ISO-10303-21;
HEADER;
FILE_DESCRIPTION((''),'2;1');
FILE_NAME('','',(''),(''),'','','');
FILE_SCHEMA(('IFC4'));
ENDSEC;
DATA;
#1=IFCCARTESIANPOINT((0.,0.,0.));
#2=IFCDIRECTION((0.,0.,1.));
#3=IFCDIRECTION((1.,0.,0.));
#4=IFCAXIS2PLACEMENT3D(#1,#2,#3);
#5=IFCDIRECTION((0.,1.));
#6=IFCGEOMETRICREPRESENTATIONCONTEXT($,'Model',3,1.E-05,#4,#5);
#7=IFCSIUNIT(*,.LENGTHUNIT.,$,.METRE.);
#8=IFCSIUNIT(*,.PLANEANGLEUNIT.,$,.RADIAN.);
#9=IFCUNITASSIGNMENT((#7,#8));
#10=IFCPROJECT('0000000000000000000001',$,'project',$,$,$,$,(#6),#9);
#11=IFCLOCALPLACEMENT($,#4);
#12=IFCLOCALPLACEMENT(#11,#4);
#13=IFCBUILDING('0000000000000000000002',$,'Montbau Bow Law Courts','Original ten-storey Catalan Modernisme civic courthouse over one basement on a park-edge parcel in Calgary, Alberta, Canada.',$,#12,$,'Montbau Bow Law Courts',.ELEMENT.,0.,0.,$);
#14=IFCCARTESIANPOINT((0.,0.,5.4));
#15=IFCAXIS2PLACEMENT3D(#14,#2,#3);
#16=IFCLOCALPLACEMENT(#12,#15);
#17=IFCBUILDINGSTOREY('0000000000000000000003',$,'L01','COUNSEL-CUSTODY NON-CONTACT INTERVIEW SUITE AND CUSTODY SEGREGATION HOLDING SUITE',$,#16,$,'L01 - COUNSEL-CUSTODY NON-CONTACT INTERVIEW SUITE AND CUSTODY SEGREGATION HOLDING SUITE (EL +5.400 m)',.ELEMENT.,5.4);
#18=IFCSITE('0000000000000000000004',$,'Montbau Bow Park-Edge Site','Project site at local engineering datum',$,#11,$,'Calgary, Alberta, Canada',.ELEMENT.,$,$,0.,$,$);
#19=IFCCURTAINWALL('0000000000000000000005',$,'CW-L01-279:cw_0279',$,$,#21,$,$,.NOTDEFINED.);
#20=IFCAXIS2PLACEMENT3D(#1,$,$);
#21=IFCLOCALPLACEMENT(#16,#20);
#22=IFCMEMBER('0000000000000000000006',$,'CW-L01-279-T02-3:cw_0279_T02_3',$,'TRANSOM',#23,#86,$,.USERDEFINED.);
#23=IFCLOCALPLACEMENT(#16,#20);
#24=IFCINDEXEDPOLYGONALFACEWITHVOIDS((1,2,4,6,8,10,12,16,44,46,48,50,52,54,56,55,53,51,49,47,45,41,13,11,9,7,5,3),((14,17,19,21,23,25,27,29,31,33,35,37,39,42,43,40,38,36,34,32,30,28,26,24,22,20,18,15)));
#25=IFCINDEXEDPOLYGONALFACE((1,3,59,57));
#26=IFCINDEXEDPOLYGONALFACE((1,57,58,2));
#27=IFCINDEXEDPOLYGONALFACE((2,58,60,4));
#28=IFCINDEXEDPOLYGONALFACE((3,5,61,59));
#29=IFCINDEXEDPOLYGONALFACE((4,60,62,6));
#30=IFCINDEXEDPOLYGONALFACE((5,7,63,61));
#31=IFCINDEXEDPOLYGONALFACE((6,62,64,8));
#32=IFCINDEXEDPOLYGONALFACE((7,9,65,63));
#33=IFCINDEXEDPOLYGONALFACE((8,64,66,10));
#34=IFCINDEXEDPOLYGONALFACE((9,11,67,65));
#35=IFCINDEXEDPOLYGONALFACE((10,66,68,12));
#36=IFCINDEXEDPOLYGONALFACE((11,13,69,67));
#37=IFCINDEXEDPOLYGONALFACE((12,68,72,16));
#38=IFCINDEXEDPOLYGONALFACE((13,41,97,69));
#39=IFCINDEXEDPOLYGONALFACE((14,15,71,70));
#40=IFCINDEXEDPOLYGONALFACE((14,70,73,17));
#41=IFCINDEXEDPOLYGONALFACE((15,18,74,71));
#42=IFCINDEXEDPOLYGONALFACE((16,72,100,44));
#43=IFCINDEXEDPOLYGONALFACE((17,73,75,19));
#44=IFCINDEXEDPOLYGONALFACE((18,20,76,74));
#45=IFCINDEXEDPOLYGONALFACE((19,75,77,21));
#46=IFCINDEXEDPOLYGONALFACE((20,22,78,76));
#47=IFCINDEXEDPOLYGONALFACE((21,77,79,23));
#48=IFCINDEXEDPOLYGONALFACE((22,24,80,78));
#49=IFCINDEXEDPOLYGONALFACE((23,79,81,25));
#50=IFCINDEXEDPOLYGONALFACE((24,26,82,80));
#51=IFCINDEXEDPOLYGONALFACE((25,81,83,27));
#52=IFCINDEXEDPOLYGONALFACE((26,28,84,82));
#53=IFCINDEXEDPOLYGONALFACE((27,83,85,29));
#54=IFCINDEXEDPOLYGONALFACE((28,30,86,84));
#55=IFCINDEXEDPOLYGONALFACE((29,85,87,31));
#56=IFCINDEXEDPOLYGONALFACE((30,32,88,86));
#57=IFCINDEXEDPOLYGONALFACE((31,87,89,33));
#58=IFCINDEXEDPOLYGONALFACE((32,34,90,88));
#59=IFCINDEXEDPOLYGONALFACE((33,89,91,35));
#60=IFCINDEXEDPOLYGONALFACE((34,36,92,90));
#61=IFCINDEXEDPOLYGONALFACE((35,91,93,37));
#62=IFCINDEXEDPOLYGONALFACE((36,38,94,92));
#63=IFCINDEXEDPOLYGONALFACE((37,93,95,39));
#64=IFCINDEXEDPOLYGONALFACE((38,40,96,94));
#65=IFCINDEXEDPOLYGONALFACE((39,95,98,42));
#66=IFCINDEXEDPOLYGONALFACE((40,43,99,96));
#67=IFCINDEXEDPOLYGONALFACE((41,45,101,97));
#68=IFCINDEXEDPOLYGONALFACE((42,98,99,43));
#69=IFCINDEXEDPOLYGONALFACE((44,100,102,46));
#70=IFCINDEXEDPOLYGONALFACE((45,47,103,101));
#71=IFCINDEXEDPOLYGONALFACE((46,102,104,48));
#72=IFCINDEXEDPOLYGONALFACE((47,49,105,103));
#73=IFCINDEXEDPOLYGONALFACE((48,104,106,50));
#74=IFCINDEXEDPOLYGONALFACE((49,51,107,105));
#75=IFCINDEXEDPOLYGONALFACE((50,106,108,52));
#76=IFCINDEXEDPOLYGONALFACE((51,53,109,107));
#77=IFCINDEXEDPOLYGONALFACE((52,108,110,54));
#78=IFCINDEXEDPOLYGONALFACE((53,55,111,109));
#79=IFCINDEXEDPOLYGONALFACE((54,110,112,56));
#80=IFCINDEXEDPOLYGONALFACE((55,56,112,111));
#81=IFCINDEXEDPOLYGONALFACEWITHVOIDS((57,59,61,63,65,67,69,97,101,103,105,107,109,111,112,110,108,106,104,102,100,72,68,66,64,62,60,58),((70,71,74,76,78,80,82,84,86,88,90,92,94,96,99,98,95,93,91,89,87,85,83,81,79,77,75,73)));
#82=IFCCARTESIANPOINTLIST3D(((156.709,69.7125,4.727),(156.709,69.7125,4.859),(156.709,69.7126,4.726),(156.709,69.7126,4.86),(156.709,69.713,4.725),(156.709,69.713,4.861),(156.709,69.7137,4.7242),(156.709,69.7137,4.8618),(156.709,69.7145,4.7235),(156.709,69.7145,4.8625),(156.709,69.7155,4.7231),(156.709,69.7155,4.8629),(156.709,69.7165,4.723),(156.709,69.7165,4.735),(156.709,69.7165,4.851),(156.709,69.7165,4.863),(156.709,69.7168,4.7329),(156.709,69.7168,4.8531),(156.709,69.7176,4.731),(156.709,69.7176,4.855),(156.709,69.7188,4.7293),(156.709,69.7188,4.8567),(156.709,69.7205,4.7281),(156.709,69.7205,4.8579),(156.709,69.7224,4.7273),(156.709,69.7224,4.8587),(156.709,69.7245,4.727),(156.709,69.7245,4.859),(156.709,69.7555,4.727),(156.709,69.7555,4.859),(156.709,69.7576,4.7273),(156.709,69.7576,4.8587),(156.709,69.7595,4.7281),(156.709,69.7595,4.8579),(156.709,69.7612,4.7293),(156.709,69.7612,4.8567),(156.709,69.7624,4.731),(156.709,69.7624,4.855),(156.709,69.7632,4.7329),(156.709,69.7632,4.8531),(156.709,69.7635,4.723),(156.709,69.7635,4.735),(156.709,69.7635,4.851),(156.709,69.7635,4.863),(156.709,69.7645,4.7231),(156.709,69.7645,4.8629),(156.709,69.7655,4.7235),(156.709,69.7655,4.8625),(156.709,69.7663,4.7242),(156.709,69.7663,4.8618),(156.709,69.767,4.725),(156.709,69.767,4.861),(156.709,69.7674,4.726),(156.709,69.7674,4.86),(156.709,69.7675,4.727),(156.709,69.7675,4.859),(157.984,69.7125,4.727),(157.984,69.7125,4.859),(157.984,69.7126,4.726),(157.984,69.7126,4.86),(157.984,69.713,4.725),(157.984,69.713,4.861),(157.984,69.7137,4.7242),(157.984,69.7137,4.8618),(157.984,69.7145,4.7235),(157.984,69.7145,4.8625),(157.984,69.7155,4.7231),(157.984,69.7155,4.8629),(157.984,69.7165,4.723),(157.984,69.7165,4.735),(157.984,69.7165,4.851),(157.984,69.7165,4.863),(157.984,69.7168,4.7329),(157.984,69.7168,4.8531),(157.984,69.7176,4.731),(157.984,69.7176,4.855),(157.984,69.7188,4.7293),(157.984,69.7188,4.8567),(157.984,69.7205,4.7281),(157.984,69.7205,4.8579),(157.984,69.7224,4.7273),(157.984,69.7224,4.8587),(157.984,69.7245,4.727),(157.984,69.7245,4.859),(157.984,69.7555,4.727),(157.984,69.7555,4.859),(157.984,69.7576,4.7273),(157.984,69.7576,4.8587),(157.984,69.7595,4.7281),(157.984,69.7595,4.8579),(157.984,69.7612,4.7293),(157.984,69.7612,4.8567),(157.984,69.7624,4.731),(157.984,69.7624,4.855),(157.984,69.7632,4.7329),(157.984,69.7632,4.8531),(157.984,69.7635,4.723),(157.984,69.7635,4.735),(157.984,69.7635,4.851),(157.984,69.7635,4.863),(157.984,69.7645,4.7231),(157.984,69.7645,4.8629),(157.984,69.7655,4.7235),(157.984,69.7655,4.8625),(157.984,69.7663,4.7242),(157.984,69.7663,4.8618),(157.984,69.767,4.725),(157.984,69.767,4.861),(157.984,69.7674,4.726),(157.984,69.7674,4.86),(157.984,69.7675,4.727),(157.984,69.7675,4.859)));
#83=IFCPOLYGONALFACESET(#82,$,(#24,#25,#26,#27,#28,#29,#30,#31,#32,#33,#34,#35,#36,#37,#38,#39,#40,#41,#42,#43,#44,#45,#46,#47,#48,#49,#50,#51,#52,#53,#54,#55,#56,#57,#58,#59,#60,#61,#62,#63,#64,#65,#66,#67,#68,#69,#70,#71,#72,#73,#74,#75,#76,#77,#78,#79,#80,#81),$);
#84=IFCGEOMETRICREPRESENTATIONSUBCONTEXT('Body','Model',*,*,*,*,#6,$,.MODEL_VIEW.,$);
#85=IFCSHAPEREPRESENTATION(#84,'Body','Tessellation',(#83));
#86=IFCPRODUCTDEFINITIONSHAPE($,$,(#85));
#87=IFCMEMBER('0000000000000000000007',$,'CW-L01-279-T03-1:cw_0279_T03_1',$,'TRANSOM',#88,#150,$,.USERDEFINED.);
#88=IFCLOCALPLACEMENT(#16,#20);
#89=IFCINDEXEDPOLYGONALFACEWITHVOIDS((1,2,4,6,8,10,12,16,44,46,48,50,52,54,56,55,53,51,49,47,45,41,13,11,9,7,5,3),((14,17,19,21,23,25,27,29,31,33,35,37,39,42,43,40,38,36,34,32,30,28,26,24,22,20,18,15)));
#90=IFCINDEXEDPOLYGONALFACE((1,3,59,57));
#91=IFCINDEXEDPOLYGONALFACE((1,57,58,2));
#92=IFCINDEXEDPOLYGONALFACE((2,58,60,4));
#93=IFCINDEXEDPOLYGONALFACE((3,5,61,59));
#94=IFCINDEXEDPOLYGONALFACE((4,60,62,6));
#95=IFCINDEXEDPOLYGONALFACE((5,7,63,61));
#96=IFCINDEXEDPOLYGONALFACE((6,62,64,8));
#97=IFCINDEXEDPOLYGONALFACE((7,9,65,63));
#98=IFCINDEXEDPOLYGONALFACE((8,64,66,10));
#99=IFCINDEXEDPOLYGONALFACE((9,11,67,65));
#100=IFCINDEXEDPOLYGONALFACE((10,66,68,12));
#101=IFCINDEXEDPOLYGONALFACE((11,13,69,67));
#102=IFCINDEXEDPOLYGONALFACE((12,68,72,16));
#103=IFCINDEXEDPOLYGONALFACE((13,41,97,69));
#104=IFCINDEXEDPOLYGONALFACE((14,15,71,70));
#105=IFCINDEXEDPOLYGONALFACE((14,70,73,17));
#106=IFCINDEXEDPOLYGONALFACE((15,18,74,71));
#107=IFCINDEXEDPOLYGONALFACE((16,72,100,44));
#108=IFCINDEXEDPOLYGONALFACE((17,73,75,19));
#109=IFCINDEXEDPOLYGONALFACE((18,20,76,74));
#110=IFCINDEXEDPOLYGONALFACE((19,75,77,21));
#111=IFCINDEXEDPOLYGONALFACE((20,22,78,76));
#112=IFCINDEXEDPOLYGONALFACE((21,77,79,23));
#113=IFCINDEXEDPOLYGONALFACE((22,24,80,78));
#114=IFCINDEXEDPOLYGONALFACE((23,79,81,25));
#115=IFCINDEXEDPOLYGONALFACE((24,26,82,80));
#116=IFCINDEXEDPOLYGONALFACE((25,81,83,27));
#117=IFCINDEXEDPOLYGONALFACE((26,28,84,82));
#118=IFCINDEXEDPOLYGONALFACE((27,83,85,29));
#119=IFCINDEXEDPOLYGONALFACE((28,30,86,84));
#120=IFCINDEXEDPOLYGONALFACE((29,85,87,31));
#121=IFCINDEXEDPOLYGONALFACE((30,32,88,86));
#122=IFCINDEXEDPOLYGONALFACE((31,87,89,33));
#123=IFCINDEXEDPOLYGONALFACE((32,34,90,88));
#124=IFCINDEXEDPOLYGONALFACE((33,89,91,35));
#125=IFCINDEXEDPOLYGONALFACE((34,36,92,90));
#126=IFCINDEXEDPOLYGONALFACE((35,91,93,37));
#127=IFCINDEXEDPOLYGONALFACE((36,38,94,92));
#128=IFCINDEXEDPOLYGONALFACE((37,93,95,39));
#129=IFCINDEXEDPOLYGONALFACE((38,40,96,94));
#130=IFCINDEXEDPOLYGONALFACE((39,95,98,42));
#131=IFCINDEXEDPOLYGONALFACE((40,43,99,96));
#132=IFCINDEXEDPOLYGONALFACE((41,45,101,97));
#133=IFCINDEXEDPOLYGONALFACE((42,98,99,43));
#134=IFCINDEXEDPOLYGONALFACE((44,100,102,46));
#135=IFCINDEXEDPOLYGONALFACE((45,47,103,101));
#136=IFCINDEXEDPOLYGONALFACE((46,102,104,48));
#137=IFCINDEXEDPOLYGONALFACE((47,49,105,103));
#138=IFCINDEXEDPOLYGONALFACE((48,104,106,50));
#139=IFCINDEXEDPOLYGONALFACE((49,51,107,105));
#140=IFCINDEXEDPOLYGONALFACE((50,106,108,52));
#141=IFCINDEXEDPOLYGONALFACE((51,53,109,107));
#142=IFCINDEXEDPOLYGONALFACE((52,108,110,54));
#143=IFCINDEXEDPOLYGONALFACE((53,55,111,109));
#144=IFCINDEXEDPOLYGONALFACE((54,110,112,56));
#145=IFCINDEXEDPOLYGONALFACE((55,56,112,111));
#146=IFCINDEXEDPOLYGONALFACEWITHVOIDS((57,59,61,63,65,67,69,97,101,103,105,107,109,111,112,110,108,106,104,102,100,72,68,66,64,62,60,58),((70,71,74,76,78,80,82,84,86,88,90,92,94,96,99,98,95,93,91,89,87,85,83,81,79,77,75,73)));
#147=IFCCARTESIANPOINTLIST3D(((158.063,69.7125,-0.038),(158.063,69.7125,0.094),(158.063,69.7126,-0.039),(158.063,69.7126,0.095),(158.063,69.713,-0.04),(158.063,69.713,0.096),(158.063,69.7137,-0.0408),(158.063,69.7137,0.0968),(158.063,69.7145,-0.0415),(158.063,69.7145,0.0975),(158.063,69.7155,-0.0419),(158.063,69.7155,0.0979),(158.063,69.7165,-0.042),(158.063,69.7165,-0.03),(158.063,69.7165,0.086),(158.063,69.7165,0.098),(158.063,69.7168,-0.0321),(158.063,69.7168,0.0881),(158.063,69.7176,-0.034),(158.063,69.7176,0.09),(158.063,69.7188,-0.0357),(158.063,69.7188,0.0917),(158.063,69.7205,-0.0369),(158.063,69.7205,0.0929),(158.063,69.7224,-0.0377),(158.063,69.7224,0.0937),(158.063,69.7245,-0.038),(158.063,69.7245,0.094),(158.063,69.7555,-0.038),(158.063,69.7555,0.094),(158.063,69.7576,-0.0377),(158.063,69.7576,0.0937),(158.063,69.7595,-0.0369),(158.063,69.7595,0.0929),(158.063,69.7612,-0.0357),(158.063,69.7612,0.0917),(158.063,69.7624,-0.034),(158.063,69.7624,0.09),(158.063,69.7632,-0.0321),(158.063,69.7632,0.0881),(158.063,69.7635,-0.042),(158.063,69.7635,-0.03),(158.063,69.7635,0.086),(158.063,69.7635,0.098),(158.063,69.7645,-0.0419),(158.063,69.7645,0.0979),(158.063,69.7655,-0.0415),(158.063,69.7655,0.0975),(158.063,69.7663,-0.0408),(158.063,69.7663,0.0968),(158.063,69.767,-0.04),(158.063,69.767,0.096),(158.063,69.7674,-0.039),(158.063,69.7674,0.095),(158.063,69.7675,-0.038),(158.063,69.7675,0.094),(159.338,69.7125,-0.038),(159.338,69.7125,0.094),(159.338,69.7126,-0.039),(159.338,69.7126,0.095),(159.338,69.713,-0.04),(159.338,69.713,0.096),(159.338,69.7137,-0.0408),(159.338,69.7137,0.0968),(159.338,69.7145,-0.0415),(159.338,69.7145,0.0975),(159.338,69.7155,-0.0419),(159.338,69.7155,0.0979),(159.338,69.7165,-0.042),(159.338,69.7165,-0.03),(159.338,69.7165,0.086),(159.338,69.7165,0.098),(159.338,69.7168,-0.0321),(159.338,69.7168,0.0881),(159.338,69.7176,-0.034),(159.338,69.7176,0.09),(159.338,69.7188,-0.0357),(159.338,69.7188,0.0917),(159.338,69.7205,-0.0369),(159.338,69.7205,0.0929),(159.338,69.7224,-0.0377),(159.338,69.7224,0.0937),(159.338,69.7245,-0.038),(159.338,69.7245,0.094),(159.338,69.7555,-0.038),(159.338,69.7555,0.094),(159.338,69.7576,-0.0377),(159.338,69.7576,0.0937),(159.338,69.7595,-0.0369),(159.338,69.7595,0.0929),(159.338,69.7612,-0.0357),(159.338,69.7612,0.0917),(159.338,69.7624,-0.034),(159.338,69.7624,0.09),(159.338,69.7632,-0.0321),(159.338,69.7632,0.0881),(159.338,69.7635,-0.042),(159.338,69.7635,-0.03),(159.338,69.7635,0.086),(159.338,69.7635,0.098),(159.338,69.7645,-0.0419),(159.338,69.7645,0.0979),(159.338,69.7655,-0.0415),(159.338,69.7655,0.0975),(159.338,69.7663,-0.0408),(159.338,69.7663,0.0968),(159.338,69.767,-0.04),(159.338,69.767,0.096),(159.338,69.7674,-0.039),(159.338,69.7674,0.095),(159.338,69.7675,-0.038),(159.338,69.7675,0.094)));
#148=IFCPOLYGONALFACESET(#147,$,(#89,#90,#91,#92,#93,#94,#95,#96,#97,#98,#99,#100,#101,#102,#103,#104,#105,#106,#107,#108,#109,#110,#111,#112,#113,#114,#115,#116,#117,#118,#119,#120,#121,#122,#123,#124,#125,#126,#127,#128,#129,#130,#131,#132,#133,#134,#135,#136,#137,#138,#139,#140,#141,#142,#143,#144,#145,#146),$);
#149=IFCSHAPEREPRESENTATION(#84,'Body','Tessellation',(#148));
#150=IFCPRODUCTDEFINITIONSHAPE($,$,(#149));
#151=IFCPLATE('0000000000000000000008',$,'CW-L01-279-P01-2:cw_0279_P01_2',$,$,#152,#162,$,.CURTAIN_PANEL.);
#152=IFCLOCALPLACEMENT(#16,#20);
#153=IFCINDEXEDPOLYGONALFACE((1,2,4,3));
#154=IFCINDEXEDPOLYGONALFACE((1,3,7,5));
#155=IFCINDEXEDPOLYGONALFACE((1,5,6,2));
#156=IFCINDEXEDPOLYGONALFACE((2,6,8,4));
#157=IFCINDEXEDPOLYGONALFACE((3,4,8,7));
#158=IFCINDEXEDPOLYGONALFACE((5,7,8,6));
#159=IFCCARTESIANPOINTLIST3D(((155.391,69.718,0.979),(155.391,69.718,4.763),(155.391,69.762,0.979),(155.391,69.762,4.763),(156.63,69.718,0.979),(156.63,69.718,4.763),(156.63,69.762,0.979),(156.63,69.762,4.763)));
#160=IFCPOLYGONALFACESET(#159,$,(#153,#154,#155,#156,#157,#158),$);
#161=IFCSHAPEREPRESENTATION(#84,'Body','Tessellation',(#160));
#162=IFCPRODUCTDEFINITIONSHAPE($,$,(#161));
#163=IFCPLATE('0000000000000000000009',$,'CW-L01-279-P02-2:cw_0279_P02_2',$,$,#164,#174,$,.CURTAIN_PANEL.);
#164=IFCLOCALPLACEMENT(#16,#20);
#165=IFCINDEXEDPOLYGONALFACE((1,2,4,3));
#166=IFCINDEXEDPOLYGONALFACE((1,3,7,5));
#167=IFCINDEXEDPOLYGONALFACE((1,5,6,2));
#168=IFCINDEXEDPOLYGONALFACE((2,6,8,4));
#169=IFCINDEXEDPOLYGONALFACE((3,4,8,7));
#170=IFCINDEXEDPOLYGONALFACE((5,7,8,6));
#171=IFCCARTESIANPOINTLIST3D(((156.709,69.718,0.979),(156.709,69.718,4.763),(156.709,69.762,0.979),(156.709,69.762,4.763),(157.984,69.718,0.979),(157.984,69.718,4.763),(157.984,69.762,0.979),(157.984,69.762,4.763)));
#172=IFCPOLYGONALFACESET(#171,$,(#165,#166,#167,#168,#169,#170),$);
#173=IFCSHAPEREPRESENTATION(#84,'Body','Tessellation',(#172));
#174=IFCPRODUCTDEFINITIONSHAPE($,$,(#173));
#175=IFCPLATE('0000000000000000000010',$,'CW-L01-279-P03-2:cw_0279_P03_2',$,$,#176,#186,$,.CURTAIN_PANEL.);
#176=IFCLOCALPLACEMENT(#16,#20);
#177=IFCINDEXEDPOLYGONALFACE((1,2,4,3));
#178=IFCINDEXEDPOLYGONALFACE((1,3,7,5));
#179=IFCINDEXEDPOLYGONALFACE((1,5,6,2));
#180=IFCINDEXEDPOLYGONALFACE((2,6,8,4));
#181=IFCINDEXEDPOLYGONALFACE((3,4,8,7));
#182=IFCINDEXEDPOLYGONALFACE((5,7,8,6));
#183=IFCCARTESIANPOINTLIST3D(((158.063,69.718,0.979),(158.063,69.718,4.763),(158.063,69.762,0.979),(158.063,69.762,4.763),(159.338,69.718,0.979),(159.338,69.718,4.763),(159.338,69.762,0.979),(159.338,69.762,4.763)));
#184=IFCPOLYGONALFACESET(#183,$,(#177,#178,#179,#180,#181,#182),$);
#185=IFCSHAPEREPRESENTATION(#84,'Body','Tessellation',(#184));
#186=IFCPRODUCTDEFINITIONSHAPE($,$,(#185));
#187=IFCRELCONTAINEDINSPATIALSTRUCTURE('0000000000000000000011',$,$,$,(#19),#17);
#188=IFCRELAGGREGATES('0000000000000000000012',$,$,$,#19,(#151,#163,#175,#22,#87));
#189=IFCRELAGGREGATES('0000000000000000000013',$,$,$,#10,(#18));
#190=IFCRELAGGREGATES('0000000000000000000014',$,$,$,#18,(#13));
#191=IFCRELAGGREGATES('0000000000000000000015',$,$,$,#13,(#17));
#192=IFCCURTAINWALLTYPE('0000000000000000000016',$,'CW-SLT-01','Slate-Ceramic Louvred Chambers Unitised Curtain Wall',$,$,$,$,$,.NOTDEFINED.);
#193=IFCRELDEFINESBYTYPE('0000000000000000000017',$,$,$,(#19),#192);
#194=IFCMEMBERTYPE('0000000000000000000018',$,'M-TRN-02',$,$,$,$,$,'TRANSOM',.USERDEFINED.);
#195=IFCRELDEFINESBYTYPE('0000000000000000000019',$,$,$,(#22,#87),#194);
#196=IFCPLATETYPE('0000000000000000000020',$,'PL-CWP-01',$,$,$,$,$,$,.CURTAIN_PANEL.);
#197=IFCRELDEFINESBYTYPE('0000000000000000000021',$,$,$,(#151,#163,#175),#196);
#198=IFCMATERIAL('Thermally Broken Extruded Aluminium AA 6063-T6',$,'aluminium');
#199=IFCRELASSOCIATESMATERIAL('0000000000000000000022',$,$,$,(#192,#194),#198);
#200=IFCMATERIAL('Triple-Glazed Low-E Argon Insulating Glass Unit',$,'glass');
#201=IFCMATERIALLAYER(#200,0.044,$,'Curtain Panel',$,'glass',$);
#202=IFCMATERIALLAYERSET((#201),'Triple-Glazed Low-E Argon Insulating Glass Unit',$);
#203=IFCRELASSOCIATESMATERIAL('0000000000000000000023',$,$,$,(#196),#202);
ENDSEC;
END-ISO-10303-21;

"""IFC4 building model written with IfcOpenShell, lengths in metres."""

from ifc_helpers import new_model, si_unit, direction, frame, frame_2d, origin_with_axes, origin_2d_with_axis, place, context, subcontext, project, spatial, rectangle, hollow_rectangle, extrude, material, layer, layer_set, material_profile, profile_set, type_object, element, aggregate, save


model = new_model("IFC4")

# Units and contexts
model_context = context("Model", 3, precision=1e-05, world=origin_with_axes(), true_north=direction((0.0, 1.0)))
body_context = subcontext(model_context, "Body", "Model", "MODEL_VIEW")
ifc_project = project(units=[si_unit("LENGTHUNIT", "METRE"), si_unit("PLANEANGLEUNIT", "RADIAN")], contexts=[model_context])

# Site, building, storey
site_placement = place(None, origin_with_axes())
site = spatial("IfcSite", under=ifc_project, at=site_placement, Name="Montbau Bow Park-Edge Site", Description="Project site at local engineering datum", LongName="Calgary, Alberta, Canada", CompositionType="ELEMENT", RefElevation=0.0)
building_placement = place(site_placement, origin_with_axes())
building = spatial("IfcBuilding", under=site, at=building_placement, Name="Montbau Bow Law Courts", Description="Original ten-storey Catalan Modernisme civic courthouse over one basement on a park-edge parcel in Calgary, Alberta, Canada.", LongName="Montbau Bow Law Courts", CompositionType="ELEMENT", ElevationOfRefHeight=0.0, ElevationOfTerrain=0.0)
storey_placement = place(building_placement, frame((0.0, 0.0, 5.4), z_axis=(0.0, 0.0, 1.0), x_axis=(1.0, 0.0, 0.0)))
storey = spatial("IfcBuildingStorey", under=building, at=storey_placement, Name="L01", Description="COUNSEL-CUSTODY NON-CONTACT INTERVIEW SUITE AND CUSTODY SEGREGATION HOLDING SUITE", LongName="L01 - COUNSEL-CUSTODY NON-CONTACT INTERVIEW SUITE AND CUSTODY SEGREGATION HOLDING SUITE (EL +5.400 m)", CompositionType="ELEMENT", Elevation=5.4)

# Curtain wall
ifc_material_1 = material(Name="Thermally Broken Extruded Aluminium AA 6063-T6", Category="aluminium")
curtain_wall_type = type_object("IfcCurtainWallType", Name="CW-SLT-01", Description="Slate-Ceramic Louvred Chambers Unitised Curtain Wall", PredefinedType="NOTDEFINED", material=ifc_material_1)
curtain_wall_1_placement = place(None, frame((155.315, 69.74, 5.4), z_axis=(0.0, 0.0, 1.0), x_axis=(1.0, 0.0, 0.0)))
curtain_wall_1 = element("IfcCurtainWall", 1, at=curtain_wall_1_placement, inside=storey, type_object=curtain_wall_type, Name="CW-L01-279:cw_0279", PredefinedType="NOTDEFINED")

# Members
ifc_material_profile_1 = material_profile(ifc_material_1, hollow_rectangle(XDim=0.055, YDim=0.14, WallThickness=0.004, InnerFilletRadius=0.008, OuterFilletRadius=0.004, at=origin_2d_with_axis()), Name="CWT-140X55", Category="Main", Priority=0)
ifc_profile_set_1 = profile_set([ifc_material_profile_1], Name="Thermally Broken Extruded Aluminium AA 6063-T6")
member_type_1 = type_object("IfcMemberType", Name="M-TRN-02", ElementType="TRANSOM", PredefinedType="USERDEFINED", material=ifc_profile_set_1)
member_1_placement = place(None, frame((156.709, 69.74, 10.193), z_axis=(1.0, 0.0, 0.0), x_axis=(0.0, 1.0, 0.0)))
member_1 = element("IfcMember", 2, at=member_1_placement, type_object=member_type_1, Name="CW-L01-279-T02-3:cw_0279_T02_3", ObjectType="TRANSOM", PredefinedType="USERDEFINED", context=body_context, shape_type="SweptSolid", body=[
    extrude(hollow_rectangle(XDim=0.055, YDim=0.14, WallThickness=0.004, InnerFilletRadius=0.008, OuterFilletRadius=0.004, at=origin_2d_with_axis()), origin_with_axes(), (0.0, 0.0, 1.0), 1.275),
])
member_2_placement = place(None, frame((158.063, 69.74, 5.428), z_axis=(1.0, 0.0, 0.0), x_axis=(0.0, 1.0, 0.0)))
member_2 = element("IfcMember", 3, at=member_2_placement, type_object=member_type_1, Name="CW-L01-279-T03-1:cw_0279_T03_1", ObjectType="TRANSOM", PredefinedType="USERDEFINED", context=body_context, shape_type="SweptSolid", body=[
    extrude(hollow_rectangle(XDim=0.055, YDim=0.14, WallThickness=0.004, InnerFilletRadius=0.008, OuterFilletRadius=0.004, at=origin_2d_with_axis()), origin_with_axes(), (0.0, 0.0, 1.0), 1.275),
])

# Plates
ifc_material_2 = material(Name="Triple-Glazed Low-E Argon Insulating Glass Unit", Category="glass")
ifc_layer_1 = layer(ifc_material_2, 0.044, Name="Curtain Panel", Category="glass")
ifc_layer_set_1 = layer_set([ifc_layer_1], Name="Triple-Glazed Low-E Argon Insulating Glass Unit")
plate_type_1 = type_object("IfcPlateType", Name="PL-CWP-01", PredefinedType="CURTAIN_PANEL", material=ifc_layer_set_1)
plate_1_placement = place(None, frame((155.391, 69.74, 6.379), z_axis=(0.0, -1.0, 0.0), x_axis=(1.0, 0.0, 0.0)))
plate_1 = element("IfcPlate", 4, at=plate_1_placement, type_object=plate_type_1, Name="CW-L01-279-P01-2:cw_0279_P01_2", PredefinedType="CURTAIN_PANEL", context=body_context, shape_type="SweptSolid", body=[
    extrude(rectangle(XDim=1.239, YDim=3.784, at=frame_2d((0.6195, 1.892), x_axis=(1.0, 0.0))), frame((0.0, 0.0, -0.022), z_axis=(0.0, 0.0, 1.0), x_axis=(1.0, 0.0, 0.0)), (0.0, 0.0, 1.0), 0.044),
])
plate_2_placement = place(None, frame((156.709, 69.74, 6.379), z_axis=(0.0, -1.0, 0.0), x_axis=(1.0, 0.0, 0.0)))
plate_2 = element("IfcPlate", 5, at=plate_2_placement, type_object=plate_type_1, Name="CW-L01-279-P02-2:cw_0279_P02_2", PredefinedType="CURTAIN_PANEL", context=body_context, shape_type="SweptSolid", body=[
    extrude(rectangle(XDim=1.275, YDim=3.784, at=frame_2d((0.6375, 1.892), x_axis=(1.0, 0.0))), frame((0.0, 0.0, -0.022), z_axis=(0.0, 0.0, 1.0), x_axis=(1.0, 0.0, 0.0)), (0.0, 0.0, 1.0), 0.044),
])
plate_3_placement = place(None, frame((158.063, 69.74, 6.379), z_axis=(0.0, -1.0, 0.0), x_axis=(1.0, 0.0, 0.0)))
plate_3 = element("IfcPlate", 6, at=plate_3_placement, type_object=plate_type_1, Name="CW-L01-279-P03-2:cw_0279_P03_2", PredefinedType="CURTAIN_PANEL", context=body_context, shape_type="SweptSolid", body=[
    extrude(rectangle(XDim=1.275, YDim=3.784, at=frame_2d((0.6375, 1.892), x_axis=(1.0, 0.0))), frame((0.0, 0.0, -0.022), z_axis=(0.0, 0.0, 1.0), x_axis=(1.0, 0.0, 0.0)), (0.0, 0.0, 1.0), 0.044),
])
aggregate(curtain_wall_1, [plate_1, plate_2, plate_3, member_1, member_2])

save(model, "model.ifc")
